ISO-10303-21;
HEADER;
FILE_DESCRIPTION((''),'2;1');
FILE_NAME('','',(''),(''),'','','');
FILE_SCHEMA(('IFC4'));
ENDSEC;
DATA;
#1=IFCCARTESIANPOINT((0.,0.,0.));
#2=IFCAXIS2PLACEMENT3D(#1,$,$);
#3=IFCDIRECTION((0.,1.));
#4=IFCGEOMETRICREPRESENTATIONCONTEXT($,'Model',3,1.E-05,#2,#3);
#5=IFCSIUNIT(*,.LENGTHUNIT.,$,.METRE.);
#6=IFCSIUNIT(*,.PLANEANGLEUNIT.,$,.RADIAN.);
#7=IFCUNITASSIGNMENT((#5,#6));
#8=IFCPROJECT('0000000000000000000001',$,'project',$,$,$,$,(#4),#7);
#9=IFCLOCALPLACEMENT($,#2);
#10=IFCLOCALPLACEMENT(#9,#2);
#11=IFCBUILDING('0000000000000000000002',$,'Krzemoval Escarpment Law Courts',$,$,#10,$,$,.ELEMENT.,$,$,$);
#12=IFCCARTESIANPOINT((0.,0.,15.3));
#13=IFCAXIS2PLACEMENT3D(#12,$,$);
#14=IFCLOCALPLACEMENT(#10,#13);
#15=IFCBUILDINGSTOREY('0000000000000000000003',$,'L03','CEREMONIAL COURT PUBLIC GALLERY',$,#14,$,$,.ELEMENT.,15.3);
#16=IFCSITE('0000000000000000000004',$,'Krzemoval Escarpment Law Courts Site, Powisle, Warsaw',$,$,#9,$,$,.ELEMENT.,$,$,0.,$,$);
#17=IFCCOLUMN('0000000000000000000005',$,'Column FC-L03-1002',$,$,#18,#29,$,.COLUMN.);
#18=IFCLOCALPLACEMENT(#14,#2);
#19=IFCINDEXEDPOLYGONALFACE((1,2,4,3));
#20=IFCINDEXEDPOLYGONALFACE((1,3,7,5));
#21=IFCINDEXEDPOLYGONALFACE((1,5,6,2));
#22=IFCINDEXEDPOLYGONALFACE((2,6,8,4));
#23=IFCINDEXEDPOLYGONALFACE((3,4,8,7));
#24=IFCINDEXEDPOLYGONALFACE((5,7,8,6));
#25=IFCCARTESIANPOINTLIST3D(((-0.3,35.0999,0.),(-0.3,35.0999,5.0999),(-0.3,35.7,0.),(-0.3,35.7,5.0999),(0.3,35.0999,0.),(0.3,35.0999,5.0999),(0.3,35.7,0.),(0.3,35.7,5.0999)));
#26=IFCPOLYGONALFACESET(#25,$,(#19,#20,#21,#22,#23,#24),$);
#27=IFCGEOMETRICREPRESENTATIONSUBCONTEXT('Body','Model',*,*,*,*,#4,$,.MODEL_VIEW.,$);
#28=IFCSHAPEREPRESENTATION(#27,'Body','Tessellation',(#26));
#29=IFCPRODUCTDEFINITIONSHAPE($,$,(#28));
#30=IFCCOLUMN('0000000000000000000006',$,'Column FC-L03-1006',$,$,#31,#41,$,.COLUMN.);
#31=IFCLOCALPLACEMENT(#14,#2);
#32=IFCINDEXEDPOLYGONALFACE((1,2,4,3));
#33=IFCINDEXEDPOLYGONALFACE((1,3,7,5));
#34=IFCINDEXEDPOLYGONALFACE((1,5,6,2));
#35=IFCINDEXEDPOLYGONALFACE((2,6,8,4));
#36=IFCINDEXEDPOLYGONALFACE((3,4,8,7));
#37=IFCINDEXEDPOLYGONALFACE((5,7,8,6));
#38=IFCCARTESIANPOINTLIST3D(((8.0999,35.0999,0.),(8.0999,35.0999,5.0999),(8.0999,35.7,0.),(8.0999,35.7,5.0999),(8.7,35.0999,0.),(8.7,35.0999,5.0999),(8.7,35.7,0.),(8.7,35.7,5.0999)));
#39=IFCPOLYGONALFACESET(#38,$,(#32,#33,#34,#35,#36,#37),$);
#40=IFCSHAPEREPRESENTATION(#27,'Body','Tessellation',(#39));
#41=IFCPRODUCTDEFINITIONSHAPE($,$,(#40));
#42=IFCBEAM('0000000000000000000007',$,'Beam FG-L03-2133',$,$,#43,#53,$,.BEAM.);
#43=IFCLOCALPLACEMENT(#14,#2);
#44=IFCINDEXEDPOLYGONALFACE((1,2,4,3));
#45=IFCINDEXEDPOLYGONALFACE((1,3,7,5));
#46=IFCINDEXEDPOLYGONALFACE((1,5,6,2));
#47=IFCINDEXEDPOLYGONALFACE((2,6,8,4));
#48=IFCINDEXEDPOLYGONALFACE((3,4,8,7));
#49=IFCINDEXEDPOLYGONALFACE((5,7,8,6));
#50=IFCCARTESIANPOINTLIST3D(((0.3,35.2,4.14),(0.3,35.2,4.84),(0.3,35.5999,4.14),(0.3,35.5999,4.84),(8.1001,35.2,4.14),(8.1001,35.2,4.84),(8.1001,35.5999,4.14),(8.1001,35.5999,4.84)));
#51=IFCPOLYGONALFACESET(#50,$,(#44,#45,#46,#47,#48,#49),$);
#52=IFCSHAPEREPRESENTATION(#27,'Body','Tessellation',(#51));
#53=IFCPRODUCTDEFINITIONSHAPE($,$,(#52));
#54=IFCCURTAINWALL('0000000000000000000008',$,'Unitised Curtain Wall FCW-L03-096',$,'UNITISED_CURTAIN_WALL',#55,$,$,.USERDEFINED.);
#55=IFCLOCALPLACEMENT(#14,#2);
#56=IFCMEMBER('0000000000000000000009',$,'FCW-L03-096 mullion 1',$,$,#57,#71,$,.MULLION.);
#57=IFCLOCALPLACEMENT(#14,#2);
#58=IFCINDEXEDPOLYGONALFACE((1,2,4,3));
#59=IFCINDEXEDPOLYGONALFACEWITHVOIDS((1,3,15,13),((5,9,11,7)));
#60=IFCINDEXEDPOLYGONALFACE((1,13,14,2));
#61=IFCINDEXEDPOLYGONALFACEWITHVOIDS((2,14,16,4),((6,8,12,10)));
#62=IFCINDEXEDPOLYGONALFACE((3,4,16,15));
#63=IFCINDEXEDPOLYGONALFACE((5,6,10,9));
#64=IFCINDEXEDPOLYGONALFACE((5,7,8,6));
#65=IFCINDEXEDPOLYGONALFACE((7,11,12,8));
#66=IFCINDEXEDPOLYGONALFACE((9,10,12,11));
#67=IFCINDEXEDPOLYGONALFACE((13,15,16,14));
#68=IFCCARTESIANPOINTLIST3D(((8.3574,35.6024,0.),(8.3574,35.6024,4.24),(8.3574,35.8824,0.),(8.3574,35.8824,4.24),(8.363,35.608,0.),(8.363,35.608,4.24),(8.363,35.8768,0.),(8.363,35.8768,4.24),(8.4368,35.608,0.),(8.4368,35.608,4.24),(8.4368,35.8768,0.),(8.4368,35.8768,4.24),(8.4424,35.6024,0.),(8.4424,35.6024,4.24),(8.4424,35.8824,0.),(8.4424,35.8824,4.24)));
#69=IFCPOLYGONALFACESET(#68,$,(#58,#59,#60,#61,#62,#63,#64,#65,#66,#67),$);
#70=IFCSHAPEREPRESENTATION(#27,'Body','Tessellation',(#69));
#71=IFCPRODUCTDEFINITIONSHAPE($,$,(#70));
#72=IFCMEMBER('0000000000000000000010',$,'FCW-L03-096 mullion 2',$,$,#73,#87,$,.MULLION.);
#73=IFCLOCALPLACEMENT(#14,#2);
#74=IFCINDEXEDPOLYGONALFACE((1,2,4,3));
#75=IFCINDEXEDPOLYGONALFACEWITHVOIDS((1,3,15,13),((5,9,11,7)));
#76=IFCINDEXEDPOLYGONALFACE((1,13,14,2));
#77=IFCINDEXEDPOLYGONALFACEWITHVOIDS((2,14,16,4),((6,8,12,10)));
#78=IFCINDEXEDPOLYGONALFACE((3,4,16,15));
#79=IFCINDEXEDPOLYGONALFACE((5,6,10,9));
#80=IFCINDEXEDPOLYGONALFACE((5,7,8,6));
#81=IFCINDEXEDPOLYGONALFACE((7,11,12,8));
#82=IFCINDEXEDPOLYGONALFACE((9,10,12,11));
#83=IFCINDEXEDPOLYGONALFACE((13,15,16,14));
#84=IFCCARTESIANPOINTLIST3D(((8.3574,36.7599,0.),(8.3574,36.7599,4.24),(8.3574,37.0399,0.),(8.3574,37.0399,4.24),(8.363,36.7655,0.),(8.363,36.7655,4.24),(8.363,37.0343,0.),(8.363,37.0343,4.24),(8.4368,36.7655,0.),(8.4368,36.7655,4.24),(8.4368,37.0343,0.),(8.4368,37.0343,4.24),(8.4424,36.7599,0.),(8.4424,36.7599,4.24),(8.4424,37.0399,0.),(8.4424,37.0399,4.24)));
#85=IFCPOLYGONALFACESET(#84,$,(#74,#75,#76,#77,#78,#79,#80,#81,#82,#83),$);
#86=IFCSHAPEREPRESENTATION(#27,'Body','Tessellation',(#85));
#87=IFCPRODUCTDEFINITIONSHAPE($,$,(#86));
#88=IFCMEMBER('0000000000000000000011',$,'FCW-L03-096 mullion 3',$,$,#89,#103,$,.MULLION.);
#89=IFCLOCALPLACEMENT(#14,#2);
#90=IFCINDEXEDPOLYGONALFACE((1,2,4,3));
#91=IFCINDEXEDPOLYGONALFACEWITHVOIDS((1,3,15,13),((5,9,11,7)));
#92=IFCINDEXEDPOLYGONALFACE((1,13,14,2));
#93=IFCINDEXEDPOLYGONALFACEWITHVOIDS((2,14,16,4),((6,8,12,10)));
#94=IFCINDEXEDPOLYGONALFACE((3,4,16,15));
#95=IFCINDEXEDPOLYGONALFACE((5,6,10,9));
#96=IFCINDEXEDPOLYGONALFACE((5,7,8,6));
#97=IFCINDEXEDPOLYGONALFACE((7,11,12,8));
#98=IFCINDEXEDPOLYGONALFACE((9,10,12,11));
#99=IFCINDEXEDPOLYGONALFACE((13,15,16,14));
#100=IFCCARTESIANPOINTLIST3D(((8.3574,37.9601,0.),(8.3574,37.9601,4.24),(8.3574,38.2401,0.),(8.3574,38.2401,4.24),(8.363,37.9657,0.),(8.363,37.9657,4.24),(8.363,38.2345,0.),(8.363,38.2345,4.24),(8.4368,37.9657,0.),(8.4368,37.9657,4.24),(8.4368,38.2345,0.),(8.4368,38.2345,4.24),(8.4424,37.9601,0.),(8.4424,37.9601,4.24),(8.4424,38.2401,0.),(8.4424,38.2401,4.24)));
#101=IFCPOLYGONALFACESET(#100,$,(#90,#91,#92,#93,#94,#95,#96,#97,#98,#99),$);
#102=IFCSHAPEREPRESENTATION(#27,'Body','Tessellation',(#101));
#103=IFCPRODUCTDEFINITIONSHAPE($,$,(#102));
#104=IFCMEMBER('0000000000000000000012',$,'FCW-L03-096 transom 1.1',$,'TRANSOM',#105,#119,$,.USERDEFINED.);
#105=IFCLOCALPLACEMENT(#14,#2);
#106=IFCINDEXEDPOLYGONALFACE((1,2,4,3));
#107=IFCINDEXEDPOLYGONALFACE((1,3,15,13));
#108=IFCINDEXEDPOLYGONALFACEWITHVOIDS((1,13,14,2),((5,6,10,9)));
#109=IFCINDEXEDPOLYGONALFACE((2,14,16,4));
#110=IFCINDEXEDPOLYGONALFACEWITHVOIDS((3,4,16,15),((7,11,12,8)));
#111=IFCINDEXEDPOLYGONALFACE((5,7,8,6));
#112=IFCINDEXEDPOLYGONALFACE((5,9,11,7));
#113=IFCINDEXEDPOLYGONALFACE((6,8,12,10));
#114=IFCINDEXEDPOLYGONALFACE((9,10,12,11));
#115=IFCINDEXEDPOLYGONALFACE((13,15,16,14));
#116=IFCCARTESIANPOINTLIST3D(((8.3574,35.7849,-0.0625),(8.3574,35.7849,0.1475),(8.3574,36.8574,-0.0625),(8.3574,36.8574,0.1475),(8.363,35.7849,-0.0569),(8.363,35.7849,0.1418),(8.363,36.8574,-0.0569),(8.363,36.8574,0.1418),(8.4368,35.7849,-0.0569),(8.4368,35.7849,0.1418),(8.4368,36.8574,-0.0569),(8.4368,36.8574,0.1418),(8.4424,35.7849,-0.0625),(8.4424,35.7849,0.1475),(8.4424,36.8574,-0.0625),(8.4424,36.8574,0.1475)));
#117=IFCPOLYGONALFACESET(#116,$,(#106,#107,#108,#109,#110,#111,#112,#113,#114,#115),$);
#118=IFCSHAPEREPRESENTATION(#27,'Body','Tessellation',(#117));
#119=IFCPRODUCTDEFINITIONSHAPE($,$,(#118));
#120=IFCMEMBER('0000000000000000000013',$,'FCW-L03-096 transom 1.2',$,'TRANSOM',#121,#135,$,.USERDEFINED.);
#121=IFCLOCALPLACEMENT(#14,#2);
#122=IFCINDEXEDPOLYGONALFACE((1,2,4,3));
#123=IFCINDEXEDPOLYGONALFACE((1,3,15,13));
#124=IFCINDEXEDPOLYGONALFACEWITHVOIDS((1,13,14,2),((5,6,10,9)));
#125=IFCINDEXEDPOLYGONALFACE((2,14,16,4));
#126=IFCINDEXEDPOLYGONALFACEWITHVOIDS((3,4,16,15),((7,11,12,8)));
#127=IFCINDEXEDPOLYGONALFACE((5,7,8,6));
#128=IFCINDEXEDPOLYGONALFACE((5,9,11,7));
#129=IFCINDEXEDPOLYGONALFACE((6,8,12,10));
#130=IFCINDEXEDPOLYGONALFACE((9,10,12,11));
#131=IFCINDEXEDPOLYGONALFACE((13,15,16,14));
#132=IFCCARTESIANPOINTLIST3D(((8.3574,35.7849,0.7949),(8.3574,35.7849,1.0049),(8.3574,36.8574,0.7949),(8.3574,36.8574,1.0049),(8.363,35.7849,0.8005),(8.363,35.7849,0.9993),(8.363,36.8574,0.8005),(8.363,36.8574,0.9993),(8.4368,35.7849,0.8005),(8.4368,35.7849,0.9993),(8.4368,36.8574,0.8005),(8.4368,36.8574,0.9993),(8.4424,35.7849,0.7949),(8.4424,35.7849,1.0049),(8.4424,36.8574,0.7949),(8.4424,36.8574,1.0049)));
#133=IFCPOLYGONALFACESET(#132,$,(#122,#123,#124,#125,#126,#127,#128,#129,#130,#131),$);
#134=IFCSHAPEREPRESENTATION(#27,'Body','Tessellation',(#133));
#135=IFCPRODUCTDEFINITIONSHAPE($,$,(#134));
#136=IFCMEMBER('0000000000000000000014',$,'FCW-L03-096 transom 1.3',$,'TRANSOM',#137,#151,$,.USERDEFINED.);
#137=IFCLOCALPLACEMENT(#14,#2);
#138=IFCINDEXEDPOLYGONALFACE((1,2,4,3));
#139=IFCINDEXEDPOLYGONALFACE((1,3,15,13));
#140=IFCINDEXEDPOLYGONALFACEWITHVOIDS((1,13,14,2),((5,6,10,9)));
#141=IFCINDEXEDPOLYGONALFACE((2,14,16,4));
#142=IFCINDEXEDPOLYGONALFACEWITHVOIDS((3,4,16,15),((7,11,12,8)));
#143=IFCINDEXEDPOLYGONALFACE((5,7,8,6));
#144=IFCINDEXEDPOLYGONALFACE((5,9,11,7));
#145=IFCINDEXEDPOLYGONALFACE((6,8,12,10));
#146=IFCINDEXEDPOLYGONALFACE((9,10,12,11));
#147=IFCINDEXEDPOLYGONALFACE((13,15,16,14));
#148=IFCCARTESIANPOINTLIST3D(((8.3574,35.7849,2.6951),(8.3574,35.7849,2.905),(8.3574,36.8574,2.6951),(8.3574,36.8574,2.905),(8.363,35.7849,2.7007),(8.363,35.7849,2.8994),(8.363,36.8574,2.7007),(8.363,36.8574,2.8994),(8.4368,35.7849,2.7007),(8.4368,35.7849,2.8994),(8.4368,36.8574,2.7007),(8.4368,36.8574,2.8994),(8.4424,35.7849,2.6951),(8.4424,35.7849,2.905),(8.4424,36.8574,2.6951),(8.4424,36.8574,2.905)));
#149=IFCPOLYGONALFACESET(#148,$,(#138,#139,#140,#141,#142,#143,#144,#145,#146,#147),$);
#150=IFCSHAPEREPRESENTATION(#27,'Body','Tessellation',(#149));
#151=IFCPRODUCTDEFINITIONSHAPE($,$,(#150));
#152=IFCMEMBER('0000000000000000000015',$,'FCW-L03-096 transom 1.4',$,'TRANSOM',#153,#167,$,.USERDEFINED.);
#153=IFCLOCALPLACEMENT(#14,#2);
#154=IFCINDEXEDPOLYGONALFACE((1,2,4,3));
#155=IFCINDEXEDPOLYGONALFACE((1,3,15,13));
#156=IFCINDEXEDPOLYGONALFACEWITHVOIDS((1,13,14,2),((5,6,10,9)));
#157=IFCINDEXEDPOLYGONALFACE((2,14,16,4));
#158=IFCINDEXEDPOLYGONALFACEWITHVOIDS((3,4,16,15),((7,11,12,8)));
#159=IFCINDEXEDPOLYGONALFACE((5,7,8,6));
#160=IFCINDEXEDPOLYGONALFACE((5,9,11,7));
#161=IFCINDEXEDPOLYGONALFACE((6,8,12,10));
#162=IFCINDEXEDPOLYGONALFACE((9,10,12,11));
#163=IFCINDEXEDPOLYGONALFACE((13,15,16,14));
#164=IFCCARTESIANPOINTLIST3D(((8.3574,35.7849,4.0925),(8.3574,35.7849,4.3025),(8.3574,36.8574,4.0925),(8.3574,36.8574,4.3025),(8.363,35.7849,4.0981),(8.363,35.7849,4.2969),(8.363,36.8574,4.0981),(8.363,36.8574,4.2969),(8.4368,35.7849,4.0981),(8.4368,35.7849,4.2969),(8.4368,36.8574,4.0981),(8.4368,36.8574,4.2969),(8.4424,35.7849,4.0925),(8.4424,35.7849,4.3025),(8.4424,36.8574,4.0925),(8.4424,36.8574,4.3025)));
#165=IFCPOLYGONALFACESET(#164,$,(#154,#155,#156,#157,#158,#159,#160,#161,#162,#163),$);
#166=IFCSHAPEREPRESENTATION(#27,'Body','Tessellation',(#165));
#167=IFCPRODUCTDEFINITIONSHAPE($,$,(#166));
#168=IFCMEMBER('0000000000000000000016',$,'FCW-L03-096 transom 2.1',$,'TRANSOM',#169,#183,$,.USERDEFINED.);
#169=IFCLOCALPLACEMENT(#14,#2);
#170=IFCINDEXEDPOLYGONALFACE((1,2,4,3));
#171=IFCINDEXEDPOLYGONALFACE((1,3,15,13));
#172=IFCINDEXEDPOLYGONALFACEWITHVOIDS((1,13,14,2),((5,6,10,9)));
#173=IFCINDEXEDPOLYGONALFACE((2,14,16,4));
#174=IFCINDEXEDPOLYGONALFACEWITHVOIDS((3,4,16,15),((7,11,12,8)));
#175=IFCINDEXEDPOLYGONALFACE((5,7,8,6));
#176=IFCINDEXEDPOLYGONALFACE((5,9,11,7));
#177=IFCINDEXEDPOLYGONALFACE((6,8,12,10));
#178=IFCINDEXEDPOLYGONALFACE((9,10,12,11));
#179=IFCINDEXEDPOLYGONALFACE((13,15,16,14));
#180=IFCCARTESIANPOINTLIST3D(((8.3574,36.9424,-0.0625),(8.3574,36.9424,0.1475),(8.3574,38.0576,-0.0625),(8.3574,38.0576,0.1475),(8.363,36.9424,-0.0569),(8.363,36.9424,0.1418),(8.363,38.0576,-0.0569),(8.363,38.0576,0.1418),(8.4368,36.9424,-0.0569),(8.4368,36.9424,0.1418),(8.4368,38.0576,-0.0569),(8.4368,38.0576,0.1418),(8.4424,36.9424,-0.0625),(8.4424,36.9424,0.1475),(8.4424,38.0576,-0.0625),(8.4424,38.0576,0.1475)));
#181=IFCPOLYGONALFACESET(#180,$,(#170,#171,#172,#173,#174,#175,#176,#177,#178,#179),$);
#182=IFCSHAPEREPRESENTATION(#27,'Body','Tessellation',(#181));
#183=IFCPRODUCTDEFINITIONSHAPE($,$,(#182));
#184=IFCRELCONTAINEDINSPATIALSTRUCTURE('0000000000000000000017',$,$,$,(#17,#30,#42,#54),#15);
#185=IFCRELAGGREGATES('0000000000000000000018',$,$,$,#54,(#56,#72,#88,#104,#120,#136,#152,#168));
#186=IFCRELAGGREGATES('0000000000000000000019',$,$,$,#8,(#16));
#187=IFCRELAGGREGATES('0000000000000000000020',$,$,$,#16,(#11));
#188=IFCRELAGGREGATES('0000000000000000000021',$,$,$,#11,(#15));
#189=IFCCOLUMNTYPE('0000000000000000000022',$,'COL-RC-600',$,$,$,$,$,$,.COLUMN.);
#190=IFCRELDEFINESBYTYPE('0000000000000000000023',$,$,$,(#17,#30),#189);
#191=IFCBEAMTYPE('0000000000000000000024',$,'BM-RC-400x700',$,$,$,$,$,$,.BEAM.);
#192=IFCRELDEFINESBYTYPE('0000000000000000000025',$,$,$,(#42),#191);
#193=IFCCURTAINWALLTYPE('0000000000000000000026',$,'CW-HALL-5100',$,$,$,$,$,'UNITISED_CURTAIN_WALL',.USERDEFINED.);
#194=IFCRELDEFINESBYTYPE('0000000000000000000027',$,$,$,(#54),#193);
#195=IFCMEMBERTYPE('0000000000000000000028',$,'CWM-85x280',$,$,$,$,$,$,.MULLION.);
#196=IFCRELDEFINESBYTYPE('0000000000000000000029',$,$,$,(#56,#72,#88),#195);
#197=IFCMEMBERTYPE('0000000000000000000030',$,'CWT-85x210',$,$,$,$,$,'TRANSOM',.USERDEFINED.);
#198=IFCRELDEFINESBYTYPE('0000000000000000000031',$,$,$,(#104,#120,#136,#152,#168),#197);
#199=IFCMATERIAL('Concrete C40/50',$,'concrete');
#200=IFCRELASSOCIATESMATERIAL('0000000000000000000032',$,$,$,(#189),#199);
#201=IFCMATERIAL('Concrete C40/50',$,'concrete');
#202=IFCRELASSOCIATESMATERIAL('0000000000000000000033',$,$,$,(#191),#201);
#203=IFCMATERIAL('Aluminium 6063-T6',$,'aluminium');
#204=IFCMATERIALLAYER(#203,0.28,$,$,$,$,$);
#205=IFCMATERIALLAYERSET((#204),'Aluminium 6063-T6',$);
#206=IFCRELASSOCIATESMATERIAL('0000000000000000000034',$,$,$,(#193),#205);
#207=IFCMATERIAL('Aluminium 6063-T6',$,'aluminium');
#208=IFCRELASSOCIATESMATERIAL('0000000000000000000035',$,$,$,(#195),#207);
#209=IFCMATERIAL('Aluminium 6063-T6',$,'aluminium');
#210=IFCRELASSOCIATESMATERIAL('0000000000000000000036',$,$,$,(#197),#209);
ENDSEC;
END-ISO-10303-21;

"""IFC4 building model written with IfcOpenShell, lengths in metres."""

from ifc_helpers import new_model, si_unit, direction, frame, origin, origin_2d, place, context, subcontext, project, spatial, rectangle, hollow_rectangle, extrude, material, layer, layer_set, material_profile, profile_set, type_object, element, aggregate, save


model = new_model("IFC4")

# Units and contexts
model_context = context("Model", 3, precision=1e-05, world=origin(), true_north=direction((0.0, 1.0)))
body_context = subcontext(model_context, "Body", "Model", "MODEL_VIEW")
ifc_project = project(units=[si_unit("LENGTHUNIT", "METRE"), si_unit("PLANEANGLEUNIT", "RADIAN")], contexts=[model_context])

# Site, building, storey
site_placement = place(None, origin())
site = spatial("IfcSite", under=ifc_project, at=site_placement, Name="Krzemoval Escarpment Law Courts Site, Powisle, Warsaw", CompositionType="ELEMENT", RefElevation=0.0)
building_placement = place(site_placement, origin())
building = spatial("IfcBuilding", under=site, at=building_placement, Name="Krzemoval Escarpment Law Courts", CompositionType="ELEMENT")
storey_placement = place(building_placement, frame((0.0, 0.0, 15.3)))
storey = spatial("IfcBuildingStorey", under=building, at=storey_placement, Name="L03", Description="CEREMONIAL COURT PUBLIC GALLERY", CompositionType="ELEMENT", Elevation=15.3)

# Columns
ifc_material_1 = material(Name="Concrete C40/50", Category="concrete")
ifc_material_profile_1 = material_profile(ifc_material_1, rectangle(XDim=0.6001, YDim=0.6001, at=origin_2d()), Name="RC 600x600")
ifc_profile_set_1 = profile_set([ifc_material_profile_1], Name="Concrete C40/50")
column_type = type_object("IfcColumnType", Name="COL-RC-600", PredefinedType="COLUMN", material=ifc_profile_set_1)
for number, where, z_axis, x_axis, name in (
    (1, (0.0, 35.3999, 0.0), (0.0, 0.0, 1.0), (1.0, 0.0, 0.0), "Column FC-L03-1002"),
    (2, (8.3999, 35.3999, 0.0), (0.0, 0.0, 1.0), (1.0, 0.0, 0.0), "Column FC-L03-1006"),
):
    element("IfcColumn", number, at=place(storey_placement, frame(where, z_axis=z_axis, x_axis=x_axis)), inside=storey, type_object=column_type, Name=name, PredefinedType="COLUMN", context=body_context, shape_type="SweptSolid", body=[
        extrude(rectangle(XDim=0.6001, YDim=0.6001, at=origin_2d()), origin(), (0.0, 0.0, 1.0), 5.0999),
    ])

# Beam
ifc_material_2 = material(Name="Concrete C40/50", Category="concrete")
ifc_material_profile_2 = material_profile(ifc_material_2, rectangle(XDim=0.3999, YDim=0.7, at=origin_2d()), Name="RCB 400x700")
ifc_profile_set_2 = profile_set([ifc_material_profile_2], Name="Concrete C40/50")
beam_type_1 = type_object("IfcBeamType", Name="BM-RC-400x700", PredefinedType="BEAM", material=ifc_profile_set_2)
beam_1_placement = place(storey_placement, frame((0.3, 35.3999, 4.49), z_axis=(1.0, 0.0, 0.0), x_axis=(0.0, 1.0, 0.0)))
element("IfcBeam", 3, at=beam_1_placement, inside=storey, type_object=beam_type_1, Name="Beam FG-L03-2133", PredefinedType="BEAM", context=body_context, shape_type="SweptSolid", body=[
    extrude(rectangle(XDim=0.3999, YDim=0.7, at=origin_2d()), origin(), (0.0, 0.0, 1.0), 7.8),
])

# Curtain wall, members
ifc_material_3 = material(Name="Aluminium 6063-T6", Category="aluminium")
ifc_layer_1 = layer(ifc_material_3, 0.28)
ifc_layer_set_1 = layer_set([ifc_layer_1], Name="Aluminium 6063-T6")
curtain_wall_type = type_object("IfcCurtainWallType", Name="CW-HALL-5100", ElementType="UNITISED_CURTAIN_WALL", PredefinedType="USERDEFINED", material=ifc_layer_set_1)
curtain_wall_placement = place(storey_placement, origin())
curtain_wall = element("IfcCurtainWall", 4, at=curtain_wall_placement, inside=storey, type_object=curtain_wall_type, Name="Unitised Curtain Wall FCW-L03-096", ObjectType="UNITISED_CURTAIN_WALL", PredefinedType="USERDEFINED")
ifc_material_4 = material(Name="Aluminium 6063-T6", Category="aluminium")
ifc_material_profile_3 = material_profile(ifc_material_4, hollow_rectangle(XDim=0.085, YDim=0.28, WallThickness=0.0056, at=origin_2d()), Name="ALU M85x280")
ifc_profile_set_3 = profile_set([ifc_material_profile_3], Name="Aluminium 6063-T6")
member_type_1 = type_object("IfcMemberType", Name="CWM-85x280", PredefinedType="MULLION", material=ifc_profile_set_3)
member_1_placement = place(storey_placement, frame((8.3999, 35.7424, 0.0), z_axis=(0.0, 0.0, 1.0), x_axis=(-1.0, 0.0, 0.0)))
member_1 = element("IfcMember", 5, at=member_1_placement, type_object=member_type_1, Name="FCW-L03-096 mullion 1", PredefinedType="MULLION", context=body_context, shape_type="SweptSolid", body=[
    extrude(hollow_rectangle(XDim=0.085, YDim=0.28, WallThickness=0.0056, at=origin_2d()), origin(), (0.0, 0.0, 1.0), 4.24),
])
member_2_placement = place(storey_placement, frame((8.3999, 36.8999, 0.0), z_axis=(0.0, 0.0, 1.0), x_axis=(-1.0, 0.0, 0.0)))
member_2 = element("IfcMember", 6, at=member_2_placement, type_object=member_type_1, Name="FCW-L03-096 mullion 2", PredefinedType="MULLION", context=body_context, shape_type="SweptSolid", body=[
    extrude(hollow_rectangle(XDim=0.085, YDim=0.28, WallThickness=0.0056, at=origin_2d()), origin(), (0.0, 0.0, 1.0), 4.24),
])
member_3_placement = place(storey_placement, frame((8.3999, 38.1001, 0.0), z_axis=(0.0, 0.0, 1.0), x_axis=(-1.0, 0.0, 0.0)))
member_3 = element("IfcMember", 7, at=member_3_placement, type_object=member_type_1, Name="FCW-L03-096 mullion 3", PredefinedType="MULLION", context=body_context, shape_type="SweptSolid", body=[
    extrude(hollow_rectangle(XDim=0.085, YDim=0.28, WallThickness=0.0056, at=origin_2d()), origin(), (0.0, 0.0, 1.0), 4.24),
])
ifc_material_5 = material(Name="Aluminium 6063-T6", Category="aluminium")
ifc_material_profile_4 = material_profile(ifc_material_5, hollow_rectangle(XDim=0.085, YDim=0.21, WallThickness=0.0056, at=origin_2d()), Name="ALU T85x210")
ifc_profile_set_4 = profile_set([ifc_material_profile_4], Name="Aluminium 6063-T6")
member_type_2 = type_object("IfcMemberType", Name="CWT-85x210", ElementType="TRANSOM", PredefinedType="USERDEFINED", material=ifc_profile_set_4)
member_4_placement = place(storey_placement, frame((8.3999, 35.7849, 0.0425), z_axis=(0.0, 1.0, 0.0), x_axis=(-1.0, 0.0, 0.0)))
member_4 = element("IfcMember", 8, at=member_4_placement, type_object=member_type_2, Name="FCW-L03-096 transom 1.1", ObjectType="TRANSOM", PredefinedType="USERDEFINED", context=body_context, shape_type="SweptSolid", body=[
    extrude(hollow_rectangle(XDim=0.085, YDim=0.21, WallThickness=0.0056, at=origin_2d()), origin(), (0.0, 0.0, 1.0), 1.0725),
])
member_5_placement = place(storey_placement, frame((8.3999, 35.7849, 0.8999), z_axis=(0.0, 1.0, 0.0), x_axis=(-1.0, 0.0, 0.0)))
member_5 = element("IfcMember", 9, at=member_5_placement, type_object=member_type_2, Name="FCW-L03-096 transom 1.2", ObjectType="TRANSOM", PredefinedType="USERDEFINED", context=body_context, shape_type="SweptSolid", body=[
    extrude(hollow_rectangle(XDim=0.085, YDim=0.21, WallThickness=0.0056, at=origin_2d()), origin(), (0.0, 0.0, 1.0), 1.0725),
])
member_6_placement = place(storey_placement, frame((8.3999, 35.7849, 2.8), z_axis=(0.0, 1.0, 0.0), x_axis=(-1.0, 0.0, 0.0)))
member_6 = element("IfcMember", 10, at=member_6_placement, type_object=member_type_2, Name="FCW-L03-096 transom 1.3", ObjectType="TRANSOM", PredefinedType="USERDEFINED", context=body_context, shape_type="SweptSolid", body=[
    extrude(hollow_rectangle(XDim=0.085, YDim=0.21, WallThickness=0.0056, at=origin_2d()), origin(), (0.0, 0.0, 1.0), 1.0725),
])
member_7_placement = place(storey_placement, frame((8.3999, 35.7849, 4.1975), z_axis=(0.0, 1.0, 0.0), x_axis=(-1.0, 0.0, 0.0)))
member_7 = element("IfcMember", 11, at=member_7_placement, type_object=member_type_2, Name="FCW-L03-096 transom 1.4", ObjectType="TRANSOM", PredefinedType="USERDEFINED", context=body_context, shape_type="SweptSolid", body=[
    extrude(hollow_rectangle(XDim=0.085, YDim=0.21, WallThickness=0.0056, at=origin_2d()), origin(), (0.0, 0.0, 1.0), 1.0725),
])
member_8_placement = place(storey_placement, frame((8.3999, 36.9424, 0.0425), z_axis=(0.0, 1.0, 0.0), x_axis=(-1.0, 0.0, 0.0)))
member_8 = element("IfcMember", 12, at=member_8_placement, type_object=member_type_2, Name="FCW-L03-096 transom 2.1", ObjectType="TRANSOM", PredefinedType="USERDEFINED", context=body_context, shape_type="SweptSolid", body=[
    extrude(hollow_rectangle(XDim=0.085, YDim=0.21, WallThickness=0.0056, at=origin_2d()), origin(), (0.0, 0.0, 1.0), 1.1152),
])

aggregate(curtain_wall, [member_1, member_2, member_3, member_4, member_5, member_6, member_7, member_8])

save(model, "model.ifc")
